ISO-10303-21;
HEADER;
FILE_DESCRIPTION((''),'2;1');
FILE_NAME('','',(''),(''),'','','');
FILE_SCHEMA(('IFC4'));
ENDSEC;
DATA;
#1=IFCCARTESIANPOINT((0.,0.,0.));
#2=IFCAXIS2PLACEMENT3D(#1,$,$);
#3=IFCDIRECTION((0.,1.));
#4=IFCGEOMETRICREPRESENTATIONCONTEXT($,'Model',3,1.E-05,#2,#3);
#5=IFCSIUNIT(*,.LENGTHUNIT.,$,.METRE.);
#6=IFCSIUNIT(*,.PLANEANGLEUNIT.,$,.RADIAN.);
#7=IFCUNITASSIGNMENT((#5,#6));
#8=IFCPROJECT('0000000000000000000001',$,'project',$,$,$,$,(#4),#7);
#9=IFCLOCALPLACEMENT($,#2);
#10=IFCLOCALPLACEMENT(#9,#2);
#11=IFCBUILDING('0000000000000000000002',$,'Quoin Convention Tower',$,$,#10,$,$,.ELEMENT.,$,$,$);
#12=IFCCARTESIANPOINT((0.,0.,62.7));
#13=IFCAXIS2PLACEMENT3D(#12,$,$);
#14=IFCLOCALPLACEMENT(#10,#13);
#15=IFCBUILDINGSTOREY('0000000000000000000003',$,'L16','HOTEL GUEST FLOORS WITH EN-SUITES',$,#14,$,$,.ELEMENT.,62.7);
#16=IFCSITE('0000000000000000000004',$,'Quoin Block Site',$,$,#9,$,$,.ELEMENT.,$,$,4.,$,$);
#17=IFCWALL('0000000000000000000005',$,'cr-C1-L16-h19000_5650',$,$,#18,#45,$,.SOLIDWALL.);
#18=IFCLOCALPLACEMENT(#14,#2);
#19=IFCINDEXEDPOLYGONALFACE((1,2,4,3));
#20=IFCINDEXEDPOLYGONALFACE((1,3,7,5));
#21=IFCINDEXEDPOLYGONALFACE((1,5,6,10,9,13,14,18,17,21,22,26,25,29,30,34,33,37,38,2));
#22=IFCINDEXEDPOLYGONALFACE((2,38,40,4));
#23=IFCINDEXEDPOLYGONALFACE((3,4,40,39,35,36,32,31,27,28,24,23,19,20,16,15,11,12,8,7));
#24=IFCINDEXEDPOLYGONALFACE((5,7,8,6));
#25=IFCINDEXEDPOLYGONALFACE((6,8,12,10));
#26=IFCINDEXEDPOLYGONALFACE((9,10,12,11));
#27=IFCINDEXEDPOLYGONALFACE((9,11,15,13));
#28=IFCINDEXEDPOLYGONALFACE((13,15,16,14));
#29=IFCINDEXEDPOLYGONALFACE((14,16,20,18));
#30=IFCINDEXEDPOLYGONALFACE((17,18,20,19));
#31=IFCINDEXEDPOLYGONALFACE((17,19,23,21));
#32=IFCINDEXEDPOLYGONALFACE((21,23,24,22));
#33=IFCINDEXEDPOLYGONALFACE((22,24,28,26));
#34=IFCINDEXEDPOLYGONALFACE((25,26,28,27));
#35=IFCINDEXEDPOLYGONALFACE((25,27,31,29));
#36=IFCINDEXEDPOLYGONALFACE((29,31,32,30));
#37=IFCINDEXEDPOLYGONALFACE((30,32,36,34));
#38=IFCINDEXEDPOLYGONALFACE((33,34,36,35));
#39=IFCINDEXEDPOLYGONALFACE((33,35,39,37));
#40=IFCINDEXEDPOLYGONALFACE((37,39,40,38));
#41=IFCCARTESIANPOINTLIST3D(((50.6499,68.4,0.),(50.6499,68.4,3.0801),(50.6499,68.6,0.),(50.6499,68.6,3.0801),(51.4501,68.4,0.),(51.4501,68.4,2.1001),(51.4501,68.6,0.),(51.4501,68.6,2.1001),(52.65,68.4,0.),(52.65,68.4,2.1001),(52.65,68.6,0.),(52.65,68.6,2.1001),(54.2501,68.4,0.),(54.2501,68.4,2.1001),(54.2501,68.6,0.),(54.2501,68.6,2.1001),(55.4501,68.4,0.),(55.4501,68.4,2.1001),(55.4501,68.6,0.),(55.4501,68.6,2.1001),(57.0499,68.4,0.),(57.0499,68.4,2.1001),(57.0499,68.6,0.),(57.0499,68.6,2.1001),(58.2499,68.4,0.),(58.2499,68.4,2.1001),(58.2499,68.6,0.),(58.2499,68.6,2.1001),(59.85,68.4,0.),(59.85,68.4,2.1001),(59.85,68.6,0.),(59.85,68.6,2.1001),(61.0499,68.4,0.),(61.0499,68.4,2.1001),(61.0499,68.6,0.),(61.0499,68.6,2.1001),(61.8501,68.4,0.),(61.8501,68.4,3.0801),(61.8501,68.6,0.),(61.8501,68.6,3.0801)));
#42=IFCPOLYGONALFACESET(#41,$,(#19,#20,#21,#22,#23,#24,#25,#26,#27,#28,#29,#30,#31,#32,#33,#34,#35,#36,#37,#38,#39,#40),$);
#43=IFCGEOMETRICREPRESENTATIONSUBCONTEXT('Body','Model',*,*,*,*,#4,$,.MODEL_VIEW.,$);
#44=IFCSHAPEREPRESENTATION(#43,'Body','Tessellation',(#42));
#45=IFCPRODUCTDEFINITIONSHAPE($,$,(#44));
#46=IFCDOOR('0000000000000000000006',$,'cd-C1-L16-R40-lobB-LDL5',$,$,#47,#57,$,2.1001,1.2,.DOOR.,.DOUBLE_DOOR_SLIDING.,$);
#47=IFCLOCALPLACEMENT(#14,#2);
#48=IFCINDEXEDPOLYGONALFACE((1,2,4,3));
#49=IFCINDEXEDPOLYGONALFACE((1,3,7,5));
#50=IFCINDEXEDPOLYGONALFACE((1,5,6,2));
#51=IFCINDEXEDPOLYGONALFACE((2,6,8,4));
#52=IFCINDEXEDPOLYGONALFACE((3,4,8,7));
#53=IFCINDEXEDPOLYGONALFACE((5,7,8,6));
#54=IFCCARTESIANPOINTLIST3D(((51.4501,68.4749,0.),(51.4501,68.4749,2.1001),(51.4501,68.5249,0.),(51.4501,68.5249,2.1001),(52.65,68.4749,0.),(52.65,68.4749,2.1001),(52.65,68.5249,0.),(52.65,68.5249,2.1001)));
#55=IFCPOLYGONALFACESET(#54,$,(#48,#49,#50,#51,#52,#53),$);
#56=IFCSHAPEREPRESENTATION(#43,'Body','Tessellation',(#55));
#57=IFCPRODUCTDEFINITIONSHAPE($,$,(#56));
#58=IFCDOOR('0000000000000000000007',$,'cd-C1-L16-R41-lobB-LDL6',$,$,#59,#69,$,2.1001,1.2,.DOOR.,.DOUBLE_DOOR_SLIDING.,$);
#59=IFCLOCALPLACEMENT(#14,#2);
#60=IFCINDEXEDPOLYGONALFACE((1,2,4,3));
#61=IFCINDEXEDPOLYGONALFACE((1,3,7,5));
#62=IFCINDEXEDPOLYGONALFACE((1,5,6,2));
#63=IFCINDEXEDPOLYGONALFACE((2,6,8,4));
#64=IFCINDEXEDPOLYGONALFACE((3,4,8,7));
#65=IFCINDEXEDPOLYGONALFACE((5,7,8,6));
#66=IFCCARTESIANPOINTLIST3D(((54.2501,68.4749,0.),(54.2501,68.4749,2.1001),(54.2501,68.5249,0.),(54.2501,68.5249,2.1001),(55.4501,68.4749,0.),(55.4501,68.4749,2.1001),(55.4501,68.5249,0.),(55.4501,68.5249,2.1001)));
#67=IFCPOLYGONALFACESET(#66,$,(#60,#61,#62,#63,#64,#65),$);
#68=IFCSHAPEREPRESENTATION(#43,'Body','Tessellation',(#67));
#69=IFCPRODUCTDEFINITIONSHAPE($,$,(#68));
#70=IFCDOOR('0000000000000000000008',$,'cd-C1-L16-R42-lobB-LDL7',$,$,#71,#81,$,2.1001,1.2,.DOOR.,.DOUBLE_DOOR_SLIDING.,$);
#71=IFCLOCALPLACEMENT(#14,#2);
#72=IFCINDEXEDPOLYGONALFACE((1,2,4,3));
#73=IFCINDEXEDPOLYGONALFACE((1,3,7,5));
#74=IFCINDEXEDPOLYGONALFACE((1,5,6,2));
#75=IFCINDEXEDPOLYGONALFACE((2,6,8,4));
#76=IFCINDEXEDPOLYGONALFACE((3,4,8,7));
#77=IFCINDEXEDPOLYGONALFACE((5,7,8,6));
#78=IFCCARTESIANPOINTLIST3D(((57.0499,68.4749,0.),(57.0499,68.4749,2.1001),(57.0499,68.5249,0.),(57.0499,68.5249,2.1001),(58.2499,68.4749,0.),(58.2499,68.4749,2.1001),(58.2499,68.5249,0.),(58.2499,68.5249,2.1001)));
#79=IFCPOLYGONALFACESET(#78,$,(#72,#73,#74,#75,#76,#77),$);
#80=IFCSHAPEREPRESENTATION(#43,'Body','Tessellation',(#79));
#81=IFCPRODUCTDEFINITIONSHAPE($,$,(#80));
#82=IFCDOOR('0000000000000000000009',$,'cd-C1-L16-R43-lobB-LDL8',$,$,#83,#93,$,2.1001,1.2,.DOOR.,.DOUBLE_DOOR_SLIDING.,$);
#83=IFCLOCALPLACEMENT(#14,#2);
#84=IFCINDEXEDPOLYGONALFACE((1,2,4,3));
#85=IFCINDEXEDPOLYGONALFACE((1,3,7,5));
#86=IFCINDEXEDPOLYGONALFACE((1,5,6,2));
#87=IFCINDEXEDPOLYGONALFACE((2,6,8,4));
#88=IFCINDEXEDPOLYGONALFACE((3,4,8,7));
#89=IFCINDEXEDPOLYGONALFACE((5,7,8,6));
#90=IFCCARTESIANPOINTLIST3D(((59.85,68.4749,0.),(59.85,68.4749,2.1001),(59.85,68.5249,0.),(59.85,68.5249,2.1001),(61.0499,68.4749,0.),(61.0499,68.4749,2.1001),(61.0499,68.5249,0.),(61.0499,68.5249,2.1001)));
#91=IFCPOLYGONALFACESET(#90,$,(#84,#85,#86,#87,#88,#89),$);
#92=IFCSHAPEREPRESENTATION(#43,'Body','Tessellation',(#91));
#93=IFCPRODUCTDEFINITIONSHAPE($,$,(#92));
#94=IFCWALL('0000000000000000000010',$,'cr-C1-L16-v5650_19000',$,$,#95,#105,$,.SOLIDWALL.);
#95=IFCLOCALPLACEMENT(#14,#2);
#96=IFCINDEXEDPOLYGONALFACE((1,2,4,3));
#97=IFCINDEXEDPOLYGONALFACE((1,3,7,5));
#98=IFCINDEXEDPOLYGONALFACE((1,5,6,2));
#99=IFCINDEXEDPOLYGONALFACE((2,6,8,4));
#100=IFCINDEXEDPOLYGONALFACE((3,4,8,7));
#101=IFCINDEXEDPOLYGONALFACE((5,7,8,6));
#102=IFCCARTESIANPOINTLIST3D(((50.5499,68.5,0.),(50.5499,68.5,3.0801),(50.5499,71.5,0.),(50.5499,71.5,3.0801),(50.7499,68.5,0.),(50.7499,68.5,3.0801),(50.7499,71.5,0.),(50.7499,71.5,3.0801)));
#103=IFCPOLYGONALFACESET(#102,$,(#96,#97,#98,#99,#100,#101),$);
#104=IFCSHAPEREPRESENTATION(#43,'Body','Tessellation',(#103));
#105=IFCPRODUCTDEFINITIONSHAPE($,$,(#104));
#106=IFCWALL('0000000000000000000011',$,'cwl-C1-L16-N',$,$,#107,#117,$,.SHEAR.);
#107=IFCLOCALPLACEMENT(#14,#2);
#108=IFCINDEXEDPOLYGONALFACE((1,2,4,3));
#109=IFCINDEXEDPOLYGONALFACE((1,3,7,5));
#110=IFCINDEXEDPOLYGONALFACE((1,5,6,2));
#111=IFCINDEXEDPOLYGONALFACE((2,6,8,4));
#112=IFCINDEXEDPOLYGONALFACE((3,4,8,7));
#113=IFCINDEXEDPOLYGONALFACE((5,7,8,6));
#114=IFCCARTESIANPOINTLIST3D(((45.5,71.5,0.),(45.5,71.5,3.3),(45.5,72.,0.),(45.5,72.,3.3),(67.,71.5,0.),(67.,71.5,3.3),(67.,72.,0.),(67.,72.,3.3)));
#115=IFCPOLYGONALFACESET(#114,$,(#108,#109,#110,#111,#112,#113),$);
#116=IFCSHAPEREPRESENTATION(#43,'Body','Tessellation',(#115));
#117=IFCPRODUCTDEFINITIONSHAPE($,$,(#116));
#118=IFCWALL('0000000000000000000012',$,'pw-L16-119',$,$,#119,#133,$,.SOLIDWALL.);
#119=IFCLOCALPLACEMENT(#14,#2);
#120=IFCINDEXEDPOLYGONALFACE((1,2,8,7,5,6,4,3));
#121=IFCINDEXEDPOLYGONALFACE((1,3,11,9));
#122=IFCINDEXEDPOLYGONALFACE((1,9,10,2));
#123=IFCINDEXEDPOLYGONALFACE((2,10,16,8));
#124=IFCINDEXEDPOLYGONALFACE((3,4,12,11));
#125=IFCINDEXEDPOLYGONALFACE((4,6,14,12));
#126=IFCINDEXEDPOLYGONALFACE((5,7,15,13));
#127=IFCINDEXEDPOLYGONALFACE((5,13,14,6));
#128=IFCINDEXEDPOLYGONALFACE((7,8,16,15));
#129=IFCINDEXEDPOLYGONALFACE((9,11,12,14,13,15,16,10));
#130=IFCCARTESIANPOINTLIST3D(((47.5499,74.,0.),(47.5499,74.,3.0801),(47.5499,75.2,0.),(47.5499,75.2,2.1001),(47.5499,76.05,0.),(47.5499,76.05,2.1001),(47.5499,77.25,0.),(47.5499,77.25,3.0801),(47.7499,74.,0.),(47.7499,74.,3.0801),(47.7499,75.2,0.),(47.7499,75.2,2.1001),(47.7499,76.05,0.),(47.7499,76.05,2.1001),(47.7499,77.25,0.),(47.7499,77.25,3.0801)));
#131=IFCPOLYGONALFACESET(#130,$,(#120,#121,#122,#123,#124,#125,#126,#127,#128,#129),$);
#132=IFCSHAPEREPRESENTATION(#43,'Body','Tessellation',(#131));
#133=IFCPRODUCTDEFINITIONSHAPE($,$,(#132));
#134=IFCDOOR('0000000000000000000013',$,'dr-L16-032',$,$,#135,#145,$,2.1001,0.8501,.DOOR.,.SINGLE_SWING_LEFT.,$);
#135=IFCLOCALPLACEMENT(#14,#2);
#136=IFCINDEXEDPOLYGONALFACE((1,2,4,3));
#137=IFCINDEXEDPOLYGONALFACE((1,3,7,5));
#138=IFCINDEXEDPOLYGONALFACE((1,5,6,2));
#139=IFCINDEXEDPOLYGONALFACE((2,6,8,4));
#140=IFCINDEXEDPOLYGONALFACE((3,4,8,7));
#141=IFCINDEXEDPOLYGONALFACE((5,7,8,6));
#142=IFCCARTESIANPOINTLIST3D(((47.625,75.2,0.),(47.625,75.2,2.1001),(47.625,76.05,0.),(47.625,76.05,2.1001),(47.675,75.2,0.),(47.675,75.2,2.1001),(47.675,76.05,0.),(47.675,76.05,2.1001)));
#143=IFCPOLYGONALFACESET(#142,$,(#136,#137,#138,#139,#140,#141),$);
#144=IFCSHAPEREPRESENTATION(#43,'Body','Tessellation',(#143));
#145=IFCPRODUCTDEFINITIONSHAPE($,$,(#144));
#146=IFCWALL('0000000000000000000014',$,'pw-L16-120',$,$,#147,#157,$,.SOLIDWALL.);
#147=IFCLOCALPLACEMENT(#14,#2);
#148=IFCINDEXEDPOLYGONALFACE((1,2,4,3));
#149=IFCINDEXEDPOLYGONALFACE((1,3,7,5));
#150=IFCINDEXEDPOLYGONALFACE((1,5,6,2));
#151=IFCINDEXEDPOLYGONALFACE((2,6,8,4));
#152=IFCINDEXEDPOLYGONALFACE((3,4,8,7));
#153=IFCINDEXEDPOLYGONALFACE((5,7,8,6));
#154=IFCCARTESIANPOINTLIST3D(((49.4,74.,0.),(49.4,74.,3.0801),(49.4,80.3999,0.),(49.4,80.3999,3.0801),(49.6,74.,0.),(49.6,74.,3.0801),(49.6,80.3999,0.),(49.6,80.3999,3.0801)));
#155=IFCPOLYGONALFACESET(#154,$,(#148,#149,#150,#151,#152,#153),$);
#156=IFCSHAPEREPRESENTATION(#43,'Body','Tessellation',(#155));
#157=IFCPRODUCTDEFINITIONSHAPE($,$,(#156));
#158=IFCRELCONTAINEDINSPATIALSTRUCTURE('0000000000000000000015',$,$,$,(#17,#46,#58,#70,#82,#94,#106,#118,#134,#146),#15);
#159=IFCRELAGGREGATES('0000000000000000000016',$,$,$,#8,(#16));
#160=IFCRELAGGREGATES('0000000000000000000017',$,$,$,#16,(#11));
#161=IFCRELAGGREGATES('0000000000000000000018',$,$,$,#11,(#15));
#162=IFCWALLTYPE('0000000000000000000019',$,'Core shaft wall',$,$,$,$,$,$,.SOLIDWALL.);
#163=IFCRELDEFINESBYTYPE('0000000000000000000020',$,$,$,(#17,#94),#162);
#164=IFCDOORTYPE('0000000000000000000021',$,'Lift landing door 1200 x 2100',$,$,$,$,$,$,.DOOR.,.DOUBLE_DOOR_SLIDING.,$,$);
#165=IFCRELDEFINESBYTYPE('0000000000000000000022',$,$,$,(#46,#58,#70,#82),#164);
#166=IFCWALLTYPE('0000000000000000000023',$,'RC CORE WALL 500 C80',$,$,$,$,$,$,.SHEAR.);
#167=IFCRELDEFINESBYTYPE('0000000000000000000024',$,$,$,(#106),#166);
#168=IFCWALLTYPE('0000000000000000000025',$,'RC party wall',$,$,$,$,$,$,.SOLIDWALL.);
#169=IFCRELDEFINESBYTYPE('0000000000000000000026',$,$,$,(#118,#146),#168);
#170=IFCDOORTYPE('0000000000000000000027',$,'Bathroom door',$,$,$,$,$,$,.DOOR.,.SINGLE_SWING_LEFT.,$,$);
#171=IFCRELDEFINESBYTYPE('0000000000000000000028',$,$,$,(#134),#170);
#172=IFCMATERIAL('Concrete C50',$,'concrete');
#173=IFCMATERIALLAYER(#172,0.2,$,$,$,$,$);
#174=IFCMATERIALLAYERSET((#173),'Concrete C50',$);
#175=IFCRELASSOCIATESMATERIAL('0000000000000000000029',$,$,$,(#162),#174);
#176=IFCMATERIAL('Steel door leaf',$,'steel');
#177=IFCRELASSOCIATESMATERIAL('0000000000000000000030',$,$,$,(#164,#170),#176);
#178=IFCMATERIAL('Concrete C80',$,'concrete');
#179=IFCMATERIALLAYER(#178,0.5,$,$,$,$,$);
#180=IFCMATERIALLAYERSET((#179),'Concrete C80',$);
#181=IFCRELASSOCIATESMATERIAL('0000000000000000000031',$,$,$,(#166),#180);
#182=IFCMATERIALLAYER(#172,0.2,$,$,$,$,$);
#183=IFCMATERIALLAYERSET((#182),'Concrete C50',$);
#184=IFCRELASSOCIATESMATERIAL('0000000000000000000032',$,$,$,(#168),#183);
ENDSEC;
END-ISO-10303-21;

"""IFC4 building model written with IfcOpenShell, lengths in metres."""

from ifc_helpers import new_model, si_unit, direction, frame, frame_2d, origin, place, context, subcontext, project, spatial, rectangle, extrude, material, layer, layer_set, type_object, element, fill, save


model = new_model("IFC4")

# Units and contexts
model_context = context("Model", 3, precision=1e-05, world=origin(), true_north=direction((0.0, 1.0)))
body_context = subcontext(model_context, "Body", "Model", "MODEL_VIEW")
ifc_project = project(units=[si_unit("LENGTHUNIT", "METRE"), si_unit("PLANEANGLEUNIT", "RADIAN")], contexts=[model_context])

# Site, building, storey
site_placement = place(None, origin())
site = spatial("IfcSite", under=ifc_project, at=site_placement, Name="Quoin Block Site", CompositionType="ELEMENT", RefElevation=4.0)
building_placement = place(site_placement, origin())
building = spatial("IfcBuilding", under=site, at=building_placement, Name="Quoin Convention Tower", CompositionType="ELEMENT")
storey_placement = place(building_placement, frame((0.0, 0.0, 62.7)))
storey = spatial("IfcBuildingStorey", under=building, at=storey_placement, Name="L16", Description="HOTEL GUEST FLOORS WITH EN-SUITES", CompositionType="ELEMENT", Elevation=62.7)

# Shared definitions
ifc_material_1 = material(Name="Concrete C80", Category="concrete")

# Shared definitions
ifc_material_2 = material(Name="Steel door leaf", Category="steel")

# Shared definitions
ifc_material_3 = material(Name="Concrete C50", Category="concrete")
ifc_layer_1 = layer(ifc_material_3, 0.2)
ifc_layer_set_1 = layer_set([ifc_layer_1], Name="Concrete C50")
wall_type_1 = type_object("IfcWallType", Name="Core shaft wall", PredefinedType="SOLIDWALL", material=ifc_layer_set_1)

# Wall, openings, doors
wall_1_placement = place(storey_placement, frame((50.6499, 68.5, 0.0), z_axis=(0.0, 0.0, 1.0), x_axis=(1.0, 0.0, 0.0)))
wall_1 = element("IfcWall", 1, at=wall_1_placement, inside=storey, type_object=wall_type_1, Name="cr-C1-L16-h19000_5650", PredefinedType="SOLIDWALL", context=body_context, shape_type="SweptSolid", body=[
    extrude(rectangle(XDim=11.2002, YDim=0.2, at=frame_2d((5.6001, 0.0))), origin(), (0.0, 0.0, 1.0), 3.0801),
])
opening_1_placement = place(wall_1_placement, frame((0.8, 0.0, 0.0)))
opening_1 = element("IfcOpeningElement", 2, at=opening_1_placement, cuts=wall_1, PredefinedType="OPENING", context=body_context, shape_type="SweptSolid", body=[
    extrude(rectangle(XDim=1.2, YDim=2.1001, at=frame_2d((0.6001, 1.05))), frame((0.0, 0.1099, 0.0), z_axis=(0.0, -1.0, 0.0), x_axis=(1.0, 0.0, 0.0)), (0.0, 0.0, 1.0), 0.22),
])
opening_2_placement = place(wall_1_placement, frame((3.6001, 0.0, 0.0)))
opening_2 = element("IfcOpeningElement", 3, at=opening_2_placement, cuts=wall_1, PredefinedType="OPENING", context=body_context, shape_type="SweptSolid", body=[
    extrude(rectangle(XDim=1.2, YDim=2.1001, at=frame_2d((0.6001, 1.05))), frame((0.0, 0.1099, 0.0), z_axis=(0.0, -1.0, 0.0), x_axis=(1.0, 0.0, 0.0)), (0.0, 0.0, 1.0), 0.22),
])
opening_3_placement = place(wall_1_placement, frame((6.3999, 0.0, 0.0)))
opening_3 = element("IfcOpeningElement", 4, at=opening_3_placement, cuts=wall_1, PredefinedType="OPENING", context=body_context, shape_type="SweptSolid", body=[
    extrude(rectangle(XDim=1.2, YDim=2.1001, at=frame_2d((0.6001, 1.05))), frame((0.0, 0.1099, 0.0), z_axis=(0.0, -1.0, 0.0), x_axis=(1.0, 0.0, 0.0)), (0.0, 0.0, 1.0), 0.22),
])
opening_4_placement = place(wall_1_placement, frame((9.2, 0.0, 0.0)))
opening_4 = element("IfcOpeningElement", 5, at=opening_4_placement, cuts=wall_1, PredefinedType="OPENING", context=body_context, shape_type="SweptSolid", body=[
    extrude(rectangle(XDim=1.2, YDim=2.1001, at=frame_2d((0.6001, 1.05))), frame((0.0, 0.1099, 0.0), z_axis=(0.0, -1.0, 0.0), x_axis=(1.0, 0.0, 0.0)), (0.0, 0.0, 1.0), 0.22),
])
door_type_1 = type_object("IfcDoorType", Name="Lift landing door 1200 x 2100", OperationType="DOUBLE_DOOR_SLIDING", PredefinedType="DOOR", material=ifc_material_2)
door_1_placement = place(opening_1_placement, origin())
door_1 = element("IfcDoor", 6, at=door_1_placement, inside=storey, type_object=door_type_1, Name="cd-C1-L16-R40-lobB-LDL5", OperationType="DOUBLE_DOOR_SLIDING", OverallHeight=2.1001, OverallWidth=1.2, PredefinedType="DOOR", context=body_context, shape_type="SweptSolid", body=[
    extrude(rectangle(XDim=1.2, YDim=2.1001, at=frame_2d((0.6001, 1.05))), frame((0.0, 0.0249, 0.0), z_axis=(0.0, -1.0, 0.0), x_axis=(1.0, 0.0, 0.0)), (0.0, 0.0, 1.0), 0.05),
])
fill(opening_1, door_1)
door_2_placement = place(opening_2_placement, origin())
door_2 = element("IfcDoor", 7, at=door_2_placement, inside=storey, type_object=door_type_1, Name="cd-C1-L16-R41-lobB-LDL6", OperationType="DOUBLE_DOOR_SLIDING", OverallHeight=2.1001, OverallWidth=1.2, PredefinedType="DOOR", context=body_context, shape_type="SweptSolid", body=[
    extrude(rectangle(XDim=1.2, YDim=2.1001, at=frame_2d((0.6001, 1.05))), frame((0.0, 0.0249, 0.0), z_axis=(0.0, -1.0, 0.0), x_axis=(1.0, 0.0, 0.0)), (0.0, 0.0, 1.0), 0.05),
])
fill(opening_2, door_2)
door_3_placement = place(opening_3_placement, origin())
door_3 = element("IfcDoor", 8, at=door_3_placement, inside=storey, type_object=door_type_1, Name="cd-C1-L16-R42-lobB-LDL7", OperationType="DOUBLE_DOOR_SLIDING", OverallHeight=2.1001, OverallWidth=1.2, PredefinedType="DOOR", context=body_context, shape_type="SweptSolid", body=[
    extrude(rectangle(XDim=1.2, YDim=2.1001, at=frame_2d((0.6001, 1.05))), frame((0.0, 0.0249, 0.0), z_axis=(0.0, -1.0, 0.0), x_axis=(1.0, 0.0, 0.0)), (0.0, 0.0, 1.0), 0.05),
])
fill(opening_3, door_3)
door_4_placement = place(opening_4_placement, origin())
door_4 = element("IfcDoor", 9, at=door_4_placement, inside=storey, type_object=door_type_1, Name="cd-C1-L16-R43-lobB-LDL8", OperationType="DOUBLE_DOOR_SLIDING", OverallHeight=2.1001, OverallWidth=1.2, PredefinedType="DOOR", context=body_context, shape_type="SweptSolid", body=[
    extrude(rectangle(XDim=1.2, YDim=2.1001, at=frame_2d((0.6001, 1.05))), frame((0.0, 0.0249, 0.0), z_axis=(0.0, -1.0, 0.0), x_axis=(1.0, 0.0, 0.0)), (0.0, 0.0, 1.0), 0.05),
])
fill(opening_4, door_4)

# Walls
wall_2_placement = place(storey_placement, frame((50.6499, 68.5, 0.0), z_axis=(0.0, 0.0, 1.0), x_axis=(0.0, 1.0, 0.0)))
element("IfcWall", 10, at=wall_2_placement, inside=storey, type_object=wall_type_1, Name="cr-C1-L16-v5650_19000", PredefinedType="SOLIDWALL", context=body_context, shape_type="SweptSolid", body=[
    extrude(rectangle(XDim=3.0, YDim=0.2, at=frame_2d((1.5, 0.0))), origin(), (0.0, 0.0, 1.0), 3.0801),
])
ifc_layer_2 = layer(ifc_material_1, 0.5)
ifc_layer_set_2 = layer_set([ifc_layer_2], Name="Concrete C80")
wall_type_2 = type_object("IfcWallType", Name="RC CORE WALL 500 C80", PredefinedType="SHEAR", material=ifc_layer_set_2)
wall_3_placement = place(storey_placement, frame((45.5, 71.75, 0.0), z_axis=(0.0, 0.0, 1.0), x_axis=(1.0, 0.0, 0.0)))
element("IfcWall", 11, at=wall_3_placement, inside=storey, type_object=wall_type_2, Name="cwl-C1-L16-N", PredefinedType="SHEAR", context=body_context, shape_type="SweptSolid", body=[
    extrude(rectangle(XDim=21.5, YDim=0.5, at=frame_2d((10.75, 0.0))), origin(), (0.0, 0.0, 1.0), 3.3),
])

# Wall, opening, door
ifc_layer_3 = layer(ifc_material_3, 0.2)
ifc_layer_set_3 = layer_set([ifc_layer_3], Name="Concrete C50")
wall_type_3 = type_object("IfcWallType", Name="RC party wall", PredefinedType="SOLIDWALL", material=ifc_layer_set_3)
wall_4_placement = place(storey_placement, frame((47.6499, 74.0, 0.0), z_axis=(0.0, 0.0, 1.0), x_axis=(0.0, 1.0, 0.0)))
wall_4 = element("IfcWall", 12, at=wall_4_placement, inside=storey, type_object=wall_type_3, Name="pw-L16-119", PredefinedType="SOLIDWALL", context=body_context, shape_type="SweptSolid", body=[
    extrude(rectangle(XDim=3.25, YDim=0.2, at=frame_2d((1.625, 0.0))), origin(), (0.0, 0.0, 1.0), 3.0801),
])
opening_5_placement = place(wall_4_placement, frame((1.2, 0.0, 0.0)))
opening_5 = element("IfcOpeningElement", 13, at=opening_5_placement, cuts=wall_4, PredefinedType="OPENING", context=body_context, shape_type="SweptSolid", body=[
    extrude(rectangle(XDim=0.8501, YDim=2.1001, at=frame_2d((0.425, 1.05))), frame((0.0, 0.1099, 0.0), z_axis=(0.0, -1.0, 0.0), x_axis=(1.0, 0.0, 0.0)), (0.0, 0.0, 1.0), 0.22),
])
door_type_2 = type_object("IfcDoorType", Name="Bathroom door", OperationType="SINGLE_SWING_LEFT", PredefinedType="DOOR", material=ifc_material_2)
door_5_placement = place(opening_5_placement, origin())
door_5 = element("IfcDoor", 14, at=door_5_placement, inside=storey, type_object=door_type_2, Name="dr-L16-032", OperationType="SINGLE_SWING_LEFT", OverallHeight=2.1001, OverallWidth=0.8501, PredefinedType="DOOR", context=body_context, shape_type="SweptSolid", body=[
    extrude(rectangle(XDim=0.8501, YDim=2.1001, at=frame_2d((0.425, 1.05))), frame((0.0, 0.0249, 0.0), z_axis=(0.0, -1.0, 0.0), x_axis=(1.0, 0.0, 0.0)), (0.0, 0.0, 1.0), 0.05),
])
fill(opening_5, door_5)

# Wall
wall_5_placement = place(storey_placement, frame((49.5, 74.0, 0.0), z_axis=(0.0, 0.0, 1.0), x_axis=(0.0, 1.0, 0.0)))
element("IfcWall", 15, at=wall_5_placement, inside=storey, type_object=wall_type_3, Name="pw-L16-120", PredefinedType="SOLIDWALL", context=body_context, shape_type="SweptSolid", body=[
    extrude(rectangle(XDim=6.3999, YDim=0.2, at=frame_2d((3.2, 0.0))), origin(), (0.0, 0.0, 1.0), 3.0801),
])

save(model, "model.ifc")
